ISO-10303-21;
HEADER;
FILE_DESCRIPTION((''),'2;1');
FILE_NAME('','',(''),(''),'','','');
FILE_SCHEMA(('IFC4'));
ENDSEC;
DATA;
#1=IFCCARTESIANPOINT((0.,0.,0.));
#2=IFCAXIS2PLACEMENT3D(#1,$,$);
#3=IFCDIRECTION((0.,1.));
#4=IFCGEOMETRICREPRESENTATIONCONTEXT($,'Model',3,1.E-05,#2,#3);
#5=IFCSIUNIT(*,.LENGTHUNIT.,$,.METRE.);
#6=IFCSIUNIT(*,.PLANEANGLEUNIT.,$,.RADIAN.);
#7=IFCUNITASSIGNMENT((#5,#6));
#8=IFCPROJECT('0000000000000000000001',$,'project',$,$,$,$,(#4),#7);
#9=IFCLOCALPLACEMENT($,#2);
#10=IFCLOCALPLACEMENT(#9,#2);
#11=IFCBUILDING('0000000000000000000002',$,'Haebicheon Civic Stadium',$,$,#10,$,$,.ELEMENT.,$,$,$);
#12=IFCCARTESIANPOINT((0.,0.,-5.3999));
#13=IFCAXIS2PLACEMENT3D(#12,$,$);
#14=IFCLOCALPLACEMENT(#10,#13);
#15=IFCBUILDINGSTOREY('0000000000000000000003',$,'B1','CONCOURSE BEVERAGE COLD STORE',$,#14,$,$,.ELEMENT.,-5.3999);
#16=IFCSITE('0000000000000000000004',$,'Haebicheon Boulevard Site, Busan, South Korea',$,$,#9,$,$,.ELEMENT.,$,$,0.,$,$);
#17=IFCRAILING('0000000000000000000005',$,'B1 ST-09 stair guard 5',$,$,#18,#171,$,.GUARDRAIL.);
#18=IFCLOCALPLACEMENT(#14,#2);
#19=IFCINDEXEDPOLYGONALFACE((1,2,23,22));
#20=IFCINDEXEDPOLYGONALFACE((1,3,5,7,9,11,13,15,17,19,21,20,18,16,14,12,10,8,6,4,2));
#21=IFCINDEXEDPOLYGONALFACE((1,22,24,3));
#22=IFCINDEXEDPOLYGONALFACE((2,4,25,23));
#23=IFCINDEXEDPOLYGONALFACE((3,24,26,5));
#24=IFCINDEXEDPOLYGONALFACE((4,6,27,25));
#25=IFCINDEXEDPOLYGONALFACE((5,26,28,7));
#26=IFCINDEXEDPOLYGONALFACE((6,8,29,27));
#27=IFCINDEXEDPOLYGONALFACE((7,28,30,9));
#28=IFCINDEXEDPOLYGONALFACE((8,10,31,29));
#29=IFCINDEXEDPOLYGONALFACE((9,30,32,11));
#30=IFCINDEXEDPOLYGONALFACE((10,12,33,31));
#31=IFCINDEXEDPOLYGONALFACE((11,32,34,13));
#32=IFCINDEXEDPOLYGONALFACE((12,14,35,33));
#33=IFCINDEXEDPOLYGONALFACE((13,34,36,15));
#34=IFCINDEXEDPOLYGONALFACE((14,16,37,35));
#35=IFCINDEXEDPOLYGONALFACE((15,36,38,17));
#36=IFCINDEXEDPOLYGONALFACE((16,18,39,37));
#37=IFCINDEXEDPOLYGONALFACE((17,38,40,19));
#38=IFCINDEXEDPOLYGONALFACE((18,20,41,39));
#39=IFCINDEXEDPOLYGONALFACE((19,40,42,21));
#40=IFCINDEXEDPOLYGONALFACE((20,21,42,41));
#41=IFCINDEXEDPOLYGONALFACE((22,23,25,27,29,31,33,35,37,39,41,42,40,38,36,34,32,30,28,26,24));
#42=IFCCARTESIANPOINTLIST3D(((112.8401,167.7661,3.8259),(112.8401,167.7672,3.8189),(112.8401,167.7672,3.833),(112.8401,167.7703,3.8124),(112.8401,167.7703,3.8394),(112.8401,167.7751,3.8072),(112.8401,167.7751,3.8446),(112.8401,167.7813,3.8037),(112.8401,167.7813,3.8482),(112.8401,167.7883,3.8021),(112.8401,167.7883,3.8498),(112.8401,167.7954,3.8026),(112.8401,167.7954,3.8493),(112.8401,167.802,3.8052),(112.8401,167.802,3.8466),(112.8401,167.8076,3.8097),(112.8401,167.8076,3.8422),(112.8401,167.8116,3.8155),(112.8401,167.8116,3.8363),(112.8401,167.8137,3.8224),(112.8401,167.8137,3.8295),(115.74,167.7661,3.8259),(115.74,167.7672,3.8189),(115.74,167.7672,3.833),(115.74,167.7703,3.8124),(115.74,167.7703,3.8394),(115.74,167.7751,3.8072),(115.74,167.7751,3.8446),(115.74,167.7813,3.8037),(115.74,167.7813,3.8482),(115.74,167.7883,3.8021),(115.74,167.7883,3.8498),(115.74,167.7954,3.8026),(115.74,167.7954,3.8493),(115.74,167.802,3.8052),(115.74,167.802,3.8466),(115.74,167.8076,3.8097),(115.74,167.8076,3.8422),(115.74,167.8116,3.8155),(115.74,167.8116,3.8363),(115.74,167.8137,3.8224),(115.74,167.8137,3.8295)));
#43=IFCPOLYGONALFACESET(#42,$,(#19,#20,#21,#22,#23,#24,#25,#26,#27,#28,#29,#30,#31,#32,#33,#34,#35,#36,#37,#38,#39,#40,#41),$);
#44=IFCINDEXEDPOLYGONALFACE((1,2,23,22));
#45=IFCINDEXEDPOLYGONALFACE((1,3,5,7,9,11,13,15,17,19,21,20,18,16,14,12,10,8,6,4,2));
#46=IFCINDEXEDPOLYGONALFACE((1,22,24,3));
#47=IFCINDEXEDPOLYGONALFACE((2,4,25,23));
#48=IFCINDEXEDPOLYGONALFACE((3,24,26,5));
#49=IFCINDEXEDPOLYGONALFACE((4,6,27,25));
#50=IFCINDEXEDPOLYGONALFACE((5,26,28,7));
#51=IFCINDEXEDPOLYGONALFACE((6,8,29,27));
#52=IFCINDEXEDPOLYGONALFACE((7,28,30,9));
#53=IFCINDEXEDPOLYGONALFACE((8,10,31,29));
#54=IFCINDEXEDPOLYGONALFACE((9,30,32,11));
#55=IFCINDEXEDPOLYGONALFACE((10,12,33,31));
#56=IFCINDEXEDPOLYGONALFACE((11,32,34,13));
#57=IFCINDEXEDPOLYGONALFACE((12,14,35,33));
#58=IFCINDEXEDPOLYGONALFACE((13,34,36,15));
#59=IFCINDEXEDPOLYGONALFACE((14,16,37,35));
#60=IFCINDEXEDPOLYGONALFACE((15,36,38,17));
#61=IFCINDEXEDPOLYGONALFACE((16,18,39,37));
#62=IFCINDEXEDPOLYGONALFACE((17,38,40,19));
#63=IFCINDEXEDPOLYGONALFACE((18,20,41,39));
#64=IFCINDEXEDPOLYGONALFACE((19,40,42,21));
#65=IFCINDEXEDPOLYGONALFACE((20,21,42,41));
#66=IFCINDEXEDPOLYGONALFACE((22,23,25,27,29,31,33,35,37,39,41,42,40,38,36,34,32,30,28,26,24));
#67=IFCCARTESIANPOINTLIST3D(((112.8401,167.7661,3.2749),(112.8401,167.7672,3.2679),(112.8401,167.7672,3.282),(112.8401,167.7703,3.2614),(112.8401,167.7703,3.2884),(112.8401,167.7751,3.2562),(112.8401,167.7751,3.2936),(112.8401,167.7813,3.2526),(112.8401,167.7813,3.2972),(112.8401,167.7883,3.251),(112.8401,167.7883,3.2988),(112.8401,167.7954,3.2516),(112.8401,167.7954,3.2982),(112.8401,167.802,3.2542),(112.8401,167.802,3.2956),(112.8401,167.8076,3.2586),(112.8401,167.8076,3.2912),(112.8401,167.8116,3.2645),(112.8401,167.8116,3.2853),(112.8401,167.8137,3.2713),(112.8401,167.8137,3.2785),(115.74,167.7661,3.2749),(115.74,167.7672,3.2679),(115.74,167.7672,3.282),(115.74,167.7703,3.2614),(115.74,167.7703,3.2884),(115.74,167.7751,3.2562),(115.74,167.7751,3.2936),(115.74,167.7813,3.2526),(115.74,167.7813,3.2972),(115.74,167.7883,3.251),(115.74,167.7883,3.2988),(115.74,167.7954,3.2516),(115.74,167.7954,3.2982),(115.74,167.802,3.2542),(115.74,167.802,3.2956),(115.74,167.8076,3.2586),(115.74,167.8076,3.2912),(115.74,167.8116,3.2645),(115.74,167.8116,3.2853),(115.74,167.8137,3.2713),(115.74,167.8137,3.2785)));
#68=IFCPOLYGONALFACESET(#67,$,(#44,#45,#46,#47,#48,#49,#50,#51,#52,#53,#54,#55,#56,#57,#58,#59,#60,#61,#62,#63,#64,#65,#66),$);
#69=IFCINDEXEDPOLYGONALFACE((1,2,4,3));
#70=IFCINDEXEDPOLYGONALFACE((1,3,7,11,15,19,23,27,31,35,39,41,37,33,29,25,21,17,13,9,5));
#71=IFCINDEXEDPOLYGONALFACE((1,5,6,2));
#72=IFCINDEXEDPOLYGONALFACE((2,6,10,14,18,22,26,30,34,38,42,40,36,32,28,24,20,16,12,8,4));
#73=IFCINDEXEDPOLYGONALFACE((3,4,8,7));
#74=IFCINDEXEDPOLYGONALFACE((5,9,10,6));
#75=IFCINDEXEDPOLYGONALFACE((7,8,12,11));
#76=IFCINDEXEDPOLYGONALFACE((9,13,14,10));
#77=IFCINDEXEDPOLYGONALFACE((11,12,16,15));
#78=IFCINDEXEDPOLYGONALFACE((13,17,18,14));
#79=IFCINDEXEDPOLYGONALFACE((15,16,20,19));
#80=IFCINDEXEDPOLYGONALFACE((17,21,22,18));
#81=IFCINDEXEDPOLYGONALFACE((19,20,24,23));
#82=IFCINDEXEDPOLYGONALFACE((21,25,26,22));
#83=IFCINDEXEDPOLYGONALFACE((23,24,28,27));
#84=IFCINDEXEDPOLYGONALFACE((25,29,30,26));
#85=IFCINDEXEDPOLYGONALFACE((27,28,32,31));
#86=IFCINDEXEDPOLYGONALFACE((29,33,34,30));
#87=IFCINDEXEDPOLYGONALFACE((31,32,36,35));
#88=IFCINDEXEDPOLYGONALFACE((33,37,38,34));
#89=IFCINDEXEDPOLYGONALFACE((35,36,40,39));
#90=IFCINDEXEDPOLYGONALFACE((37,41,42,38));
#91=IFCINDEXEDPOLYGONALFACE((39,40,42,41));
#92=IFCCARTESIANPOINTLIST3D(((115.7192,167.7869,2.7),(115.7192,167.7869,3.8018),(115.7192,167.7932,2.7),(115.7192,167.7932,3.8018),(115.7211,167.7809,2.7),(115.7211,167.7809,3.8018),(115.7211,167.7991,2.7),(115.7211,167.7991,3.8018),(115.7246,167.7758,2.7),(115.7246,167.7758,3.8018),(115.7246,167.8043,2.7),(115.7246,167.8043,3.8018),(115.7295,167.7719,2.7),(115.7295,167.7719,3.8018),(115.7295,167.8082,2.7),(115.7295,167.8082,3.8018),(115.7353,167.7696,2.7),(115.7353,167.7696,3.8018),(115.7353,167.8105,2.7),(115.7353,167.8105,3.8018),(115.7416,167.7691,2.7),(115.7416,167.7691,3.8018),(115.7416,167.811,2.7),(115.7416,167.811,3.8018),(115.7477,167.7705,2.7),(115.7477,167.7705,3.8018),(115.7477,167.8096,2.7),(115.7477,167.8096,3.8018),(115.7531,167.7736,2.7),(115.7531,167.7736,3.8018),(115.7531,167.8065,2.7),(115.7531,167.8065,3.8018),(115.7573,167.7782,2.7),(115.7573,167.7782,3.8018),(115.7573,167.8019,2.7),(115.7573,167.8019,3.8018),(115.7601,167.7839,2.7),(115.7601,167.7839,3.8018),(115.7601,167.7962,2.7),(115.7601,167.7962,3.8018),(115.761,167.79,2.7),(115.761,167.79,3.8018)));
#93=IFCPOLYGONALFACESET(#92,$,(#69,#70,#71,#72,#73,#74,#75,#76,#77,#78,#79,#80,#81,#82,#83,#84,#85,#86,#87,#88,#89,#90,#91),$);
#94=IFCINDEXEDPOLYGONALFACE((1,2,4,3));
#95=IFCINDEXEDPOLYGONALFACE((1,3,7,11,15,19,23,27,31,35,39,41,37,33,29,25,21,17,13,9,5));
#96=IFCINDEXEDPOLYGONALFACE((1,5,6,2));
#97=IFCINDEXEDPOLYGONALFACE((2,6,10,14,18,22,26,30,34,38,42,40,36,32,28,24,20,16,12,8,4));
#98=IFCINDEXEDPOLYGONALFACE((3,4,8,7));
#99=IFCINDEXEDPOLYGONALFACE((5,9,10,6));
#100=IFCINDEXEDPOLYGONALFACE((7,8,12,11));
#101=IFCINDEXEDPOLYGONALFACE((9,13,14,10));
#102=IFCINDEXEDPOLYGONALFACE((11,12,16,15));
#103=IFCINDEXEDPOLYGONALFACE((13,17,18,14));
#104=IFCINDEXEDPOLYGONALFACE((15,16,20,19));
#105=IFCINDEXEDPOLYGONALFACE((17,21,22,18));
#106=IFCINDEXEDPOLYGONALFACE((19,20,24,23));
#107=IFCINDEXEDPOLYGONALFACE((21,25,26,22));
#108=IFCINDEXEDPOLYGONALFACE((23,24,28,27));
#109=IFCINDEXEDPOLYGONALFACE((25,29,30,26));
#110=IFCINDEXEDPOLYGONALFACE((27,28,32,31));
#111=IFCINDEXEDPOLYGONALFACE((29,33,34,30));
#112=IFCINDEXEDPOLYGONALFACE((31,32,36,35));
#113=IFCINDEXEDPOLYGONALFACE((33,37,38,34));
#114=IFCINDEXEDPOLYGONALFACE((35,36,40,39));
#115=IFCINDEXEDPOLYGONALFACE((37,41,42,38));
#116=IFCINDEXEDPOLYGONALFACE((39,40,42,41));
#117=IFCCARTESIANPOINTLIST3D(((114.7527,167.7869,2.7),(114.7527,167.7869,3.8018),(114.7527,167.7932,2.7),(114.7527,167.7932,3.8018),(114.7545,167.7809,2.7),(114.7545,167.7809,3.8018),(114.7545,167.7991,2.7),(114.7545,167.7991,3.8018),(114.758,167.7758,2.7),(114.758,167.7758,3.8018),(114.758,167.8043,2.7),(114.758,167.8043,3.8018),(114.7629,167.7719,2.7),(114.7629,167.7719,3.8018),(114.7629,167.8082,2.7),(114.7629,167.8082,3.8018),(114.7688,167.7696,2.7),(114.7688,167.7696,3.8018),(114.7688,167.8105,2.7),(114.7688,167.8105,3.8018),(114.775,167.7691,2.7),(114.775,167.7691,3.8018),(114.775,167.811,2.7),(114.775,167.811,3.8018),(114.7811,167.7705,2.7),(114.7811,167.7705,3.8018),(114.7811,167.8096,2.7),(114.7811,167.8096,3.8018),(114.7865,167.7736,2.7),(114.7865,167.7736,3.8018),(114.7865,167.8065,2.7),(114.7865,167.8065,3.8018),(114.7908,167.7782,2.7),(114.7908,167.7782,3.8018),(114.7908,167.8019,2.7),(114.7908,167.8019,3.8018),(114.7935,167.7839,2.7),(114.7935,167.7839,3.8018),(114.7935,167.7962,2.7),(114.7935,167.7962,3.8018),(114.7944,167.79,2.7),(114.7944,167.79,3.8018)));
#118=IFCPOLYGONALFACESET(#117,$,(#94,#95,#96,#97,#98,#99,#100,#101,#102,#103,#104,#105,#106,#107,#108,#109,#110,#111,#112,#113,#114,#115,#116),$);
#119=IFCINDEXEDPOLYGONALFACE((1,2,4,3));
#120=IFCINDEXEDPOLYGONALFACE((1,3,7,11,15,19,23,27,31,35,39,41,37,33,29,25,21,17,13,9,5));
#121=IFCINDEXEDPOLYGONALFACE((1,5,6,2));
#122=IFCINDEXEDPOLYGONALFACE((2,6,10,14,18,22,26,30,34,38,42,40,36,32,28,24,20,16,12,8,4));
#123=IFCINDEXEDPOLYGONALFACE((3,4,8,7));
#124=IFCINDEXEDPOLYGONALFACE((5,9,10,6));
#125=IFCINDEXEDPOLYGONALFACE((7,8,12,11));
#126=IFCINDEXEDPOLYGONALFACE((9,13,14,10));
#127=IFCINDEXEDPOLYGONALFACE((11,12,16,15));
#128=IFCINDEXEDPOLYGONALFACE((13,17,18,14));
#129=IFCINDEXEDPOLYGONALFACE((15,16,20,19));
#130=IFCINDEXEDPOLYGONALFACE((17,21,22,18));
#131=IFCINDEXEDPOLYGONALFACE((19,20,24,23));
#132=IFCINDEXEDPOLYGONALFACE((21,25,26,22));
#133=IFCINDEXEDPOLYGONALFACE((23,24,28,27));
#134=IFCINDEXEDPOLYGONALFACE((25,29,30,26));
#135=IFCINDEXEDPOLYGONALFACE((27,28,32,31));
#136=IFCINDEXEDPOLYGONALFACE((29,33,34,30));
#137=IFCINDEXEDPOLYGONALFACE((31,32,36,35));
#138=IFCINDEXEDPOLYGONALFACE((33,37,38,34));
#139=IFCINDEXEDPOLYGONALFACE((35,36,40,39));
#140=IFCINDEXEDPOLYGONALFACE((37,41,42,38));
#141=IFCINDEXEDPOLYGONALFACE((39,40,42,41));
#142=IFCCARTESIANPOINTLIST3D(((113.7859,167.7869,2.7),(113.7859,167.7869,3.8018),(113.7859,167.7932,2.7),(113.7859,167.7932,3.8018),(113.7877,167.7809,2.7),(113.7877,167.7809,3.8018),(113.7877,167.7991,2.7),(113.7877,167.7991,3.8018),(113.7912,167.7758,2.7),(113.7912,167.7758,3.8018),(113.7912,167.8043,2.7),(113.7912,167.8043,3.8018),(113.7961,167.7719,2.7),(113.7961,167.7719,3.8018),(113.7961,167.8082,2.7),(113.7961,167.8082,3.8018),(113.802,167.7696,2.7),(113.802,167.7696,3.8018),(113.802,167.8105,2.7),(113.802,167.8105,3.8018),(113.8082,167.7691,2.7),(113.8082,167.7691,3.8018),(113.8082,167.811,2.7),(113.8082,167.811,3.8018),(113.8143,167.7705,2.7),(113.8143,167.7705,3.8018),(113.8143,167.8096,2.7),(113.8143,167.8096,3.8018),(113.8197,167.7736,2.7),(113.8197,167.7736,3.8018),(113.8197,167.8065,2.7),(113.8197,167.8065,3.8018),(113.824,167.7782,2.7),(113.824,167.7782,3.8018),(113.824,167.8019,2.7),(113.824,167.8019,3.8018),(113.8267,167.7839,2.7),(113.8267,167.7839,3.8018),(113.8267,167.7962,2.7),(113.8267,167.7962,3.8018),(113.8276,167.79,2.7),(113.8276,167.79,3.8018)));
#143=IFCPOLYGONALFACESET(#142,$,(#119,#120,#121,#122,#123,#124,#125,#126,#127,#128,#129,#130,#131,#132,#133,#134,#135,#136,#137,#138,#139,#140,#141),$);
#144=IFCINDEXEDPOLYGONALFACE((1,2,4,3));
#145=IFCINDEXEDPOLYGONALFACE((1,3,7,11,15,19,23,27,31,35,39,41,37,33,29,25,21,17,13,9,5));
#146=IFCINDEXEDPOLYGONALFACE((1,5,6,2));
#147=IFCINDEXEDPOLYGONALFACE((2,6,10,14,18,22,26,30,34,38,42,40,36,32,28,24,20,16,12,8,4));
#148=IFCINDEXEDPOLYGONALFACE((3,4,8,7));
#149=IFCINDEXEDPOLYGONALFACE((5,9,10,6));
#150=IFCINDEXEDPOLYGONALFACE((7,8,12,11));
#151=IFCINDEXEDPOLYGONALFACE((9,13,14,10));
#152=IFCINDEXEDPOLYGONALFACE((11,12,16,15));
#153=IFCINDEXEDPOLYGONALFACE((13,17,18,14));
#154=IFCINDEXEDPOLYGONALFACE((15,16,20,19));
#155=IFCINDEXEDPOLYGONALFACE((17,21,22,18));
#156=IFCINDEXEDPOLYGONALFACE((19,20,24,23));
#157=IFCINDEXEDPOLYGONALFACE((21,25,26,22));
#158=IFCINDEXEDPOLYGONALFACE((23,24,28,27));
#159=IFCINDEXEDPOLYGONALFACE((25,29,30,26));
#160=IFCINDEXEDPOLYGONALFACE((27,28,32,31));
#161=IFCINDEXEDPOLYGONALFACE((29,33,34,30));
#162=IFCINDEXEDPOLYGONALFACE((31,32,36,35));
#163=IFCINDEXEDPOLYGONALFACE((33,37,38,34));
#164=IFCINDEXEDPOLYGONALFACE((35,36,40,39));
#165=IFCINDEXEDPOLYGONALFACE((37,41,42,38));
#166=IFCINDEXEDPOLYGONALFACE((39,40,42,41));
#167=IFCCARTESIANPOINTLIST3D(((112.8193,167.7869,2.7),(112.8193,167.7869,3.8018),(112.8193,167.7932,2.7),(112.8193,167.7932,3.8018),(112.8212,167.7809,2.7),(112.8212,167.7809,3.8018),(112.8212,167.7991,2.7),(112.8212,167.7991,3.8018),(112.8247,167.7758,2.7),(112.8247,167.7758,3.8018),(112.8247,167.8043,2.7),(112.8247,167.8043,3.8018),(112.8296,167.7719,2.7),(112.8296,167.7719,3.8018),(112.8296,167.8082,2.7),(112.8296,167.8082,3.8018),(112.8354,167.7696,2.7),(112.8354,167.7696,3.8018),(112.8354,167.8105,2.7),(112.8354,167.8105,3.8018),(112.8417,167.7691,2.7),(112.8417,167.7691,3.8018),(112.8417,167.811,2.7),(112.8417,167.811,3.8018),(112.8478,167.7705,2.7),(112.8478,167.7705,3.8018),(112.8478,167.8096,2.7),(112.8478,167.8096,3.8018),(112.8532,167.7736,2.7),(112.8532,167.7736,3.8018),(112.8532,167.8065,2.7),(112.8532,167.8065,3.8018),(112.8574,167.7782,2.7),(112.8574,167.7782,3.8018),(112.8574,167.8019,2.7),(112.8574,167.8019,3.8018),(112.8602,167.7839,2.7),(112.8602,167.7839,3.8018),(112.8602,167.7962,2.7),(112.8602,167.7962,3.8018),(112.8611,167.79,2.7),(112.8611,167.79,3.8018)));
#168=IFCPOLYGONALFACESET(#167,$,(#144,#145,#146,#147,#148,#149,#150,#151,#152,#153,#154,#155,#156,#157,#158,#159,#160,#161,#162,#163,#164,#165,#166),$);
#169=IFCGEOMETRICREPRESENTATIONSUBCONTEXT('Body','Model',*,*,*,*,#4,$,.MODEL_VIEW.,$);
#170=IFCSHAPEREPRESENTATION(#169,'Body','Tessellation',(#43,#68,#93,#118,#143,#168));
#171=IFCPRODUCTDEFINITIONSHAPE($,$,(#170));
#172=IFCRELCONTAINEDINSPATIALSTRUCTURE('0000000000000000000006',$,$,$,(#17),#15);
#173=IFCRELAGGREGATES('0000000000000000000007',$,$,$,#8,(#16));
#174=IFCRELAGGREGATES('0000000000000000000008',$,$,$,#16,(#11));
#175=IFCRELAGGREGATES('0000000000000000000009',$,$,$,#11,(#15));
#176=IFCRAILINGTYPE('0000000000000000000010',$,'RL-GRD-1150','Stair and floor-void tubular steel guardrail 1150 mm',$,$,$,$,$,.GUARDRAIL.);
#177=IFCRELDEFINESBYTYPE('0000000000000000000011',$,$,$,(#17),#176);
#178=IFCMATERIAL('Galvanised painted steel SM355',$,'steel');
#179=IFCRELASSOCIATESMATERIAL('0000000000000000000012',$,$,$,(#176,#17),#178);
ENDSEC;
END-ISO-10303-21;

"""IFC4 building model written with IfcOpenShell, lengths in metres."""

from ifc_helpers import new_model, si_unit, direction, frame, origin, origin_2d, place, context, subcontext, project, spatial, circle, extrude, material, type_object, element, save


model = new_model("IFC4")

# Units and contexts
model_context = context("Model", 3, precision=1e-05, world=origin(), true_north=direction((0.0, 1.0)))
body_context = subcontext(model_context, "Body", "Model", "MODEL_VIEW")
ifc_project = project(units=[si_unit("LENGTHUNIT", "METRE"), si_unit("PLANEANGLEUNIT", "RADIAN")], contexts=[model_context])

# Site, building, storey
site_placement = place(None, origin())
site = spatial("IfcSite", under=ifc_project, at=site_placement, Name="Haebicheon Boulevard Site, Busan, South Korea", CompositionType="ELEMENT", RefElevation=0.0)
building_placement = place(site_placement, origin())
building = spatial("IfcBuilding", under=site, at=building_placement, Name="Haebicheon Civic Stadium", CompositionType="ELEMENT")
storey_placement = place(building_placement, frame((0.0, 0.0, -5.3999)))
storey = spatial("IfcBuildingStorey", under=building, at=storey_placement, Name="B1", Description="CONCOURSE BEVERAGE COLD STORE", CompositionType="ELEMENT", Elevation=-5.3999)

# Railing
ifc_material_1 = material(Name="Galvanised painted steel SM355", Category="steel")
railing_type = type_object("IfcRailingType", Name="RL-GRD-1150", Description="Stair and floor-void tubular steel guardrail 1150 mm", PredefinedType="GUARDRAIL", material=ifc_material_1)
railing_1_placement = place(storey_placement, frame((115.74, 167.79, 2.7)))
element("IfcRailing", 1, at=railing_1_placement, inside=storey, type_object=railing_type, material=ifc_material_1, Name="B1 ST-09 stair guard 5", PredefinedType="GUARDRAIL", context=body_context, shape_type="SweptSolid", body=[
    extrude(circle(Radius=0.0239, at=origin_2d()), frame((0.0, 0.0, 1.126), z_axis=(-1.0, 0.0, 0.0), x_axis=(0.0, -1.0, 0.0)), (0.0, 0.0, 1.0), 2.8999),
    extrude(circle(Radius=0.0239, at=origin_2d()), frame((0.0, 0.0, 0.575), z_axis=(-1.0, 0.0, 0.0), x_axis=(0.0, -1.0, 0.0)), (0.0, 0.0, 1.0), 2.8999),
    extrude(circle(Radius=0.021, at=origin_2d()), origin(), (0.0, 0.0, 1.0), 1.1018),
    extrude(circle(Radius=0.021, at=origin_2d()), frame((-0.9666, 0.0, 0.0)), (0.0, 0.0, 1.0), 1.1018),
    extrude(circle(Radius=0.021, at=origin_2d()), frame((-1.9333, 0.0, 0.0)), (0.0, 0.0, 1.0), 1.1018),
    extrude(circle(Radius=0.021, at=origin_2d()), frame((-2.8999, 0.0, 0.0)), (0.0, 0.0, 1.0), 1.1018),
])

save(model, "model.ifc")
